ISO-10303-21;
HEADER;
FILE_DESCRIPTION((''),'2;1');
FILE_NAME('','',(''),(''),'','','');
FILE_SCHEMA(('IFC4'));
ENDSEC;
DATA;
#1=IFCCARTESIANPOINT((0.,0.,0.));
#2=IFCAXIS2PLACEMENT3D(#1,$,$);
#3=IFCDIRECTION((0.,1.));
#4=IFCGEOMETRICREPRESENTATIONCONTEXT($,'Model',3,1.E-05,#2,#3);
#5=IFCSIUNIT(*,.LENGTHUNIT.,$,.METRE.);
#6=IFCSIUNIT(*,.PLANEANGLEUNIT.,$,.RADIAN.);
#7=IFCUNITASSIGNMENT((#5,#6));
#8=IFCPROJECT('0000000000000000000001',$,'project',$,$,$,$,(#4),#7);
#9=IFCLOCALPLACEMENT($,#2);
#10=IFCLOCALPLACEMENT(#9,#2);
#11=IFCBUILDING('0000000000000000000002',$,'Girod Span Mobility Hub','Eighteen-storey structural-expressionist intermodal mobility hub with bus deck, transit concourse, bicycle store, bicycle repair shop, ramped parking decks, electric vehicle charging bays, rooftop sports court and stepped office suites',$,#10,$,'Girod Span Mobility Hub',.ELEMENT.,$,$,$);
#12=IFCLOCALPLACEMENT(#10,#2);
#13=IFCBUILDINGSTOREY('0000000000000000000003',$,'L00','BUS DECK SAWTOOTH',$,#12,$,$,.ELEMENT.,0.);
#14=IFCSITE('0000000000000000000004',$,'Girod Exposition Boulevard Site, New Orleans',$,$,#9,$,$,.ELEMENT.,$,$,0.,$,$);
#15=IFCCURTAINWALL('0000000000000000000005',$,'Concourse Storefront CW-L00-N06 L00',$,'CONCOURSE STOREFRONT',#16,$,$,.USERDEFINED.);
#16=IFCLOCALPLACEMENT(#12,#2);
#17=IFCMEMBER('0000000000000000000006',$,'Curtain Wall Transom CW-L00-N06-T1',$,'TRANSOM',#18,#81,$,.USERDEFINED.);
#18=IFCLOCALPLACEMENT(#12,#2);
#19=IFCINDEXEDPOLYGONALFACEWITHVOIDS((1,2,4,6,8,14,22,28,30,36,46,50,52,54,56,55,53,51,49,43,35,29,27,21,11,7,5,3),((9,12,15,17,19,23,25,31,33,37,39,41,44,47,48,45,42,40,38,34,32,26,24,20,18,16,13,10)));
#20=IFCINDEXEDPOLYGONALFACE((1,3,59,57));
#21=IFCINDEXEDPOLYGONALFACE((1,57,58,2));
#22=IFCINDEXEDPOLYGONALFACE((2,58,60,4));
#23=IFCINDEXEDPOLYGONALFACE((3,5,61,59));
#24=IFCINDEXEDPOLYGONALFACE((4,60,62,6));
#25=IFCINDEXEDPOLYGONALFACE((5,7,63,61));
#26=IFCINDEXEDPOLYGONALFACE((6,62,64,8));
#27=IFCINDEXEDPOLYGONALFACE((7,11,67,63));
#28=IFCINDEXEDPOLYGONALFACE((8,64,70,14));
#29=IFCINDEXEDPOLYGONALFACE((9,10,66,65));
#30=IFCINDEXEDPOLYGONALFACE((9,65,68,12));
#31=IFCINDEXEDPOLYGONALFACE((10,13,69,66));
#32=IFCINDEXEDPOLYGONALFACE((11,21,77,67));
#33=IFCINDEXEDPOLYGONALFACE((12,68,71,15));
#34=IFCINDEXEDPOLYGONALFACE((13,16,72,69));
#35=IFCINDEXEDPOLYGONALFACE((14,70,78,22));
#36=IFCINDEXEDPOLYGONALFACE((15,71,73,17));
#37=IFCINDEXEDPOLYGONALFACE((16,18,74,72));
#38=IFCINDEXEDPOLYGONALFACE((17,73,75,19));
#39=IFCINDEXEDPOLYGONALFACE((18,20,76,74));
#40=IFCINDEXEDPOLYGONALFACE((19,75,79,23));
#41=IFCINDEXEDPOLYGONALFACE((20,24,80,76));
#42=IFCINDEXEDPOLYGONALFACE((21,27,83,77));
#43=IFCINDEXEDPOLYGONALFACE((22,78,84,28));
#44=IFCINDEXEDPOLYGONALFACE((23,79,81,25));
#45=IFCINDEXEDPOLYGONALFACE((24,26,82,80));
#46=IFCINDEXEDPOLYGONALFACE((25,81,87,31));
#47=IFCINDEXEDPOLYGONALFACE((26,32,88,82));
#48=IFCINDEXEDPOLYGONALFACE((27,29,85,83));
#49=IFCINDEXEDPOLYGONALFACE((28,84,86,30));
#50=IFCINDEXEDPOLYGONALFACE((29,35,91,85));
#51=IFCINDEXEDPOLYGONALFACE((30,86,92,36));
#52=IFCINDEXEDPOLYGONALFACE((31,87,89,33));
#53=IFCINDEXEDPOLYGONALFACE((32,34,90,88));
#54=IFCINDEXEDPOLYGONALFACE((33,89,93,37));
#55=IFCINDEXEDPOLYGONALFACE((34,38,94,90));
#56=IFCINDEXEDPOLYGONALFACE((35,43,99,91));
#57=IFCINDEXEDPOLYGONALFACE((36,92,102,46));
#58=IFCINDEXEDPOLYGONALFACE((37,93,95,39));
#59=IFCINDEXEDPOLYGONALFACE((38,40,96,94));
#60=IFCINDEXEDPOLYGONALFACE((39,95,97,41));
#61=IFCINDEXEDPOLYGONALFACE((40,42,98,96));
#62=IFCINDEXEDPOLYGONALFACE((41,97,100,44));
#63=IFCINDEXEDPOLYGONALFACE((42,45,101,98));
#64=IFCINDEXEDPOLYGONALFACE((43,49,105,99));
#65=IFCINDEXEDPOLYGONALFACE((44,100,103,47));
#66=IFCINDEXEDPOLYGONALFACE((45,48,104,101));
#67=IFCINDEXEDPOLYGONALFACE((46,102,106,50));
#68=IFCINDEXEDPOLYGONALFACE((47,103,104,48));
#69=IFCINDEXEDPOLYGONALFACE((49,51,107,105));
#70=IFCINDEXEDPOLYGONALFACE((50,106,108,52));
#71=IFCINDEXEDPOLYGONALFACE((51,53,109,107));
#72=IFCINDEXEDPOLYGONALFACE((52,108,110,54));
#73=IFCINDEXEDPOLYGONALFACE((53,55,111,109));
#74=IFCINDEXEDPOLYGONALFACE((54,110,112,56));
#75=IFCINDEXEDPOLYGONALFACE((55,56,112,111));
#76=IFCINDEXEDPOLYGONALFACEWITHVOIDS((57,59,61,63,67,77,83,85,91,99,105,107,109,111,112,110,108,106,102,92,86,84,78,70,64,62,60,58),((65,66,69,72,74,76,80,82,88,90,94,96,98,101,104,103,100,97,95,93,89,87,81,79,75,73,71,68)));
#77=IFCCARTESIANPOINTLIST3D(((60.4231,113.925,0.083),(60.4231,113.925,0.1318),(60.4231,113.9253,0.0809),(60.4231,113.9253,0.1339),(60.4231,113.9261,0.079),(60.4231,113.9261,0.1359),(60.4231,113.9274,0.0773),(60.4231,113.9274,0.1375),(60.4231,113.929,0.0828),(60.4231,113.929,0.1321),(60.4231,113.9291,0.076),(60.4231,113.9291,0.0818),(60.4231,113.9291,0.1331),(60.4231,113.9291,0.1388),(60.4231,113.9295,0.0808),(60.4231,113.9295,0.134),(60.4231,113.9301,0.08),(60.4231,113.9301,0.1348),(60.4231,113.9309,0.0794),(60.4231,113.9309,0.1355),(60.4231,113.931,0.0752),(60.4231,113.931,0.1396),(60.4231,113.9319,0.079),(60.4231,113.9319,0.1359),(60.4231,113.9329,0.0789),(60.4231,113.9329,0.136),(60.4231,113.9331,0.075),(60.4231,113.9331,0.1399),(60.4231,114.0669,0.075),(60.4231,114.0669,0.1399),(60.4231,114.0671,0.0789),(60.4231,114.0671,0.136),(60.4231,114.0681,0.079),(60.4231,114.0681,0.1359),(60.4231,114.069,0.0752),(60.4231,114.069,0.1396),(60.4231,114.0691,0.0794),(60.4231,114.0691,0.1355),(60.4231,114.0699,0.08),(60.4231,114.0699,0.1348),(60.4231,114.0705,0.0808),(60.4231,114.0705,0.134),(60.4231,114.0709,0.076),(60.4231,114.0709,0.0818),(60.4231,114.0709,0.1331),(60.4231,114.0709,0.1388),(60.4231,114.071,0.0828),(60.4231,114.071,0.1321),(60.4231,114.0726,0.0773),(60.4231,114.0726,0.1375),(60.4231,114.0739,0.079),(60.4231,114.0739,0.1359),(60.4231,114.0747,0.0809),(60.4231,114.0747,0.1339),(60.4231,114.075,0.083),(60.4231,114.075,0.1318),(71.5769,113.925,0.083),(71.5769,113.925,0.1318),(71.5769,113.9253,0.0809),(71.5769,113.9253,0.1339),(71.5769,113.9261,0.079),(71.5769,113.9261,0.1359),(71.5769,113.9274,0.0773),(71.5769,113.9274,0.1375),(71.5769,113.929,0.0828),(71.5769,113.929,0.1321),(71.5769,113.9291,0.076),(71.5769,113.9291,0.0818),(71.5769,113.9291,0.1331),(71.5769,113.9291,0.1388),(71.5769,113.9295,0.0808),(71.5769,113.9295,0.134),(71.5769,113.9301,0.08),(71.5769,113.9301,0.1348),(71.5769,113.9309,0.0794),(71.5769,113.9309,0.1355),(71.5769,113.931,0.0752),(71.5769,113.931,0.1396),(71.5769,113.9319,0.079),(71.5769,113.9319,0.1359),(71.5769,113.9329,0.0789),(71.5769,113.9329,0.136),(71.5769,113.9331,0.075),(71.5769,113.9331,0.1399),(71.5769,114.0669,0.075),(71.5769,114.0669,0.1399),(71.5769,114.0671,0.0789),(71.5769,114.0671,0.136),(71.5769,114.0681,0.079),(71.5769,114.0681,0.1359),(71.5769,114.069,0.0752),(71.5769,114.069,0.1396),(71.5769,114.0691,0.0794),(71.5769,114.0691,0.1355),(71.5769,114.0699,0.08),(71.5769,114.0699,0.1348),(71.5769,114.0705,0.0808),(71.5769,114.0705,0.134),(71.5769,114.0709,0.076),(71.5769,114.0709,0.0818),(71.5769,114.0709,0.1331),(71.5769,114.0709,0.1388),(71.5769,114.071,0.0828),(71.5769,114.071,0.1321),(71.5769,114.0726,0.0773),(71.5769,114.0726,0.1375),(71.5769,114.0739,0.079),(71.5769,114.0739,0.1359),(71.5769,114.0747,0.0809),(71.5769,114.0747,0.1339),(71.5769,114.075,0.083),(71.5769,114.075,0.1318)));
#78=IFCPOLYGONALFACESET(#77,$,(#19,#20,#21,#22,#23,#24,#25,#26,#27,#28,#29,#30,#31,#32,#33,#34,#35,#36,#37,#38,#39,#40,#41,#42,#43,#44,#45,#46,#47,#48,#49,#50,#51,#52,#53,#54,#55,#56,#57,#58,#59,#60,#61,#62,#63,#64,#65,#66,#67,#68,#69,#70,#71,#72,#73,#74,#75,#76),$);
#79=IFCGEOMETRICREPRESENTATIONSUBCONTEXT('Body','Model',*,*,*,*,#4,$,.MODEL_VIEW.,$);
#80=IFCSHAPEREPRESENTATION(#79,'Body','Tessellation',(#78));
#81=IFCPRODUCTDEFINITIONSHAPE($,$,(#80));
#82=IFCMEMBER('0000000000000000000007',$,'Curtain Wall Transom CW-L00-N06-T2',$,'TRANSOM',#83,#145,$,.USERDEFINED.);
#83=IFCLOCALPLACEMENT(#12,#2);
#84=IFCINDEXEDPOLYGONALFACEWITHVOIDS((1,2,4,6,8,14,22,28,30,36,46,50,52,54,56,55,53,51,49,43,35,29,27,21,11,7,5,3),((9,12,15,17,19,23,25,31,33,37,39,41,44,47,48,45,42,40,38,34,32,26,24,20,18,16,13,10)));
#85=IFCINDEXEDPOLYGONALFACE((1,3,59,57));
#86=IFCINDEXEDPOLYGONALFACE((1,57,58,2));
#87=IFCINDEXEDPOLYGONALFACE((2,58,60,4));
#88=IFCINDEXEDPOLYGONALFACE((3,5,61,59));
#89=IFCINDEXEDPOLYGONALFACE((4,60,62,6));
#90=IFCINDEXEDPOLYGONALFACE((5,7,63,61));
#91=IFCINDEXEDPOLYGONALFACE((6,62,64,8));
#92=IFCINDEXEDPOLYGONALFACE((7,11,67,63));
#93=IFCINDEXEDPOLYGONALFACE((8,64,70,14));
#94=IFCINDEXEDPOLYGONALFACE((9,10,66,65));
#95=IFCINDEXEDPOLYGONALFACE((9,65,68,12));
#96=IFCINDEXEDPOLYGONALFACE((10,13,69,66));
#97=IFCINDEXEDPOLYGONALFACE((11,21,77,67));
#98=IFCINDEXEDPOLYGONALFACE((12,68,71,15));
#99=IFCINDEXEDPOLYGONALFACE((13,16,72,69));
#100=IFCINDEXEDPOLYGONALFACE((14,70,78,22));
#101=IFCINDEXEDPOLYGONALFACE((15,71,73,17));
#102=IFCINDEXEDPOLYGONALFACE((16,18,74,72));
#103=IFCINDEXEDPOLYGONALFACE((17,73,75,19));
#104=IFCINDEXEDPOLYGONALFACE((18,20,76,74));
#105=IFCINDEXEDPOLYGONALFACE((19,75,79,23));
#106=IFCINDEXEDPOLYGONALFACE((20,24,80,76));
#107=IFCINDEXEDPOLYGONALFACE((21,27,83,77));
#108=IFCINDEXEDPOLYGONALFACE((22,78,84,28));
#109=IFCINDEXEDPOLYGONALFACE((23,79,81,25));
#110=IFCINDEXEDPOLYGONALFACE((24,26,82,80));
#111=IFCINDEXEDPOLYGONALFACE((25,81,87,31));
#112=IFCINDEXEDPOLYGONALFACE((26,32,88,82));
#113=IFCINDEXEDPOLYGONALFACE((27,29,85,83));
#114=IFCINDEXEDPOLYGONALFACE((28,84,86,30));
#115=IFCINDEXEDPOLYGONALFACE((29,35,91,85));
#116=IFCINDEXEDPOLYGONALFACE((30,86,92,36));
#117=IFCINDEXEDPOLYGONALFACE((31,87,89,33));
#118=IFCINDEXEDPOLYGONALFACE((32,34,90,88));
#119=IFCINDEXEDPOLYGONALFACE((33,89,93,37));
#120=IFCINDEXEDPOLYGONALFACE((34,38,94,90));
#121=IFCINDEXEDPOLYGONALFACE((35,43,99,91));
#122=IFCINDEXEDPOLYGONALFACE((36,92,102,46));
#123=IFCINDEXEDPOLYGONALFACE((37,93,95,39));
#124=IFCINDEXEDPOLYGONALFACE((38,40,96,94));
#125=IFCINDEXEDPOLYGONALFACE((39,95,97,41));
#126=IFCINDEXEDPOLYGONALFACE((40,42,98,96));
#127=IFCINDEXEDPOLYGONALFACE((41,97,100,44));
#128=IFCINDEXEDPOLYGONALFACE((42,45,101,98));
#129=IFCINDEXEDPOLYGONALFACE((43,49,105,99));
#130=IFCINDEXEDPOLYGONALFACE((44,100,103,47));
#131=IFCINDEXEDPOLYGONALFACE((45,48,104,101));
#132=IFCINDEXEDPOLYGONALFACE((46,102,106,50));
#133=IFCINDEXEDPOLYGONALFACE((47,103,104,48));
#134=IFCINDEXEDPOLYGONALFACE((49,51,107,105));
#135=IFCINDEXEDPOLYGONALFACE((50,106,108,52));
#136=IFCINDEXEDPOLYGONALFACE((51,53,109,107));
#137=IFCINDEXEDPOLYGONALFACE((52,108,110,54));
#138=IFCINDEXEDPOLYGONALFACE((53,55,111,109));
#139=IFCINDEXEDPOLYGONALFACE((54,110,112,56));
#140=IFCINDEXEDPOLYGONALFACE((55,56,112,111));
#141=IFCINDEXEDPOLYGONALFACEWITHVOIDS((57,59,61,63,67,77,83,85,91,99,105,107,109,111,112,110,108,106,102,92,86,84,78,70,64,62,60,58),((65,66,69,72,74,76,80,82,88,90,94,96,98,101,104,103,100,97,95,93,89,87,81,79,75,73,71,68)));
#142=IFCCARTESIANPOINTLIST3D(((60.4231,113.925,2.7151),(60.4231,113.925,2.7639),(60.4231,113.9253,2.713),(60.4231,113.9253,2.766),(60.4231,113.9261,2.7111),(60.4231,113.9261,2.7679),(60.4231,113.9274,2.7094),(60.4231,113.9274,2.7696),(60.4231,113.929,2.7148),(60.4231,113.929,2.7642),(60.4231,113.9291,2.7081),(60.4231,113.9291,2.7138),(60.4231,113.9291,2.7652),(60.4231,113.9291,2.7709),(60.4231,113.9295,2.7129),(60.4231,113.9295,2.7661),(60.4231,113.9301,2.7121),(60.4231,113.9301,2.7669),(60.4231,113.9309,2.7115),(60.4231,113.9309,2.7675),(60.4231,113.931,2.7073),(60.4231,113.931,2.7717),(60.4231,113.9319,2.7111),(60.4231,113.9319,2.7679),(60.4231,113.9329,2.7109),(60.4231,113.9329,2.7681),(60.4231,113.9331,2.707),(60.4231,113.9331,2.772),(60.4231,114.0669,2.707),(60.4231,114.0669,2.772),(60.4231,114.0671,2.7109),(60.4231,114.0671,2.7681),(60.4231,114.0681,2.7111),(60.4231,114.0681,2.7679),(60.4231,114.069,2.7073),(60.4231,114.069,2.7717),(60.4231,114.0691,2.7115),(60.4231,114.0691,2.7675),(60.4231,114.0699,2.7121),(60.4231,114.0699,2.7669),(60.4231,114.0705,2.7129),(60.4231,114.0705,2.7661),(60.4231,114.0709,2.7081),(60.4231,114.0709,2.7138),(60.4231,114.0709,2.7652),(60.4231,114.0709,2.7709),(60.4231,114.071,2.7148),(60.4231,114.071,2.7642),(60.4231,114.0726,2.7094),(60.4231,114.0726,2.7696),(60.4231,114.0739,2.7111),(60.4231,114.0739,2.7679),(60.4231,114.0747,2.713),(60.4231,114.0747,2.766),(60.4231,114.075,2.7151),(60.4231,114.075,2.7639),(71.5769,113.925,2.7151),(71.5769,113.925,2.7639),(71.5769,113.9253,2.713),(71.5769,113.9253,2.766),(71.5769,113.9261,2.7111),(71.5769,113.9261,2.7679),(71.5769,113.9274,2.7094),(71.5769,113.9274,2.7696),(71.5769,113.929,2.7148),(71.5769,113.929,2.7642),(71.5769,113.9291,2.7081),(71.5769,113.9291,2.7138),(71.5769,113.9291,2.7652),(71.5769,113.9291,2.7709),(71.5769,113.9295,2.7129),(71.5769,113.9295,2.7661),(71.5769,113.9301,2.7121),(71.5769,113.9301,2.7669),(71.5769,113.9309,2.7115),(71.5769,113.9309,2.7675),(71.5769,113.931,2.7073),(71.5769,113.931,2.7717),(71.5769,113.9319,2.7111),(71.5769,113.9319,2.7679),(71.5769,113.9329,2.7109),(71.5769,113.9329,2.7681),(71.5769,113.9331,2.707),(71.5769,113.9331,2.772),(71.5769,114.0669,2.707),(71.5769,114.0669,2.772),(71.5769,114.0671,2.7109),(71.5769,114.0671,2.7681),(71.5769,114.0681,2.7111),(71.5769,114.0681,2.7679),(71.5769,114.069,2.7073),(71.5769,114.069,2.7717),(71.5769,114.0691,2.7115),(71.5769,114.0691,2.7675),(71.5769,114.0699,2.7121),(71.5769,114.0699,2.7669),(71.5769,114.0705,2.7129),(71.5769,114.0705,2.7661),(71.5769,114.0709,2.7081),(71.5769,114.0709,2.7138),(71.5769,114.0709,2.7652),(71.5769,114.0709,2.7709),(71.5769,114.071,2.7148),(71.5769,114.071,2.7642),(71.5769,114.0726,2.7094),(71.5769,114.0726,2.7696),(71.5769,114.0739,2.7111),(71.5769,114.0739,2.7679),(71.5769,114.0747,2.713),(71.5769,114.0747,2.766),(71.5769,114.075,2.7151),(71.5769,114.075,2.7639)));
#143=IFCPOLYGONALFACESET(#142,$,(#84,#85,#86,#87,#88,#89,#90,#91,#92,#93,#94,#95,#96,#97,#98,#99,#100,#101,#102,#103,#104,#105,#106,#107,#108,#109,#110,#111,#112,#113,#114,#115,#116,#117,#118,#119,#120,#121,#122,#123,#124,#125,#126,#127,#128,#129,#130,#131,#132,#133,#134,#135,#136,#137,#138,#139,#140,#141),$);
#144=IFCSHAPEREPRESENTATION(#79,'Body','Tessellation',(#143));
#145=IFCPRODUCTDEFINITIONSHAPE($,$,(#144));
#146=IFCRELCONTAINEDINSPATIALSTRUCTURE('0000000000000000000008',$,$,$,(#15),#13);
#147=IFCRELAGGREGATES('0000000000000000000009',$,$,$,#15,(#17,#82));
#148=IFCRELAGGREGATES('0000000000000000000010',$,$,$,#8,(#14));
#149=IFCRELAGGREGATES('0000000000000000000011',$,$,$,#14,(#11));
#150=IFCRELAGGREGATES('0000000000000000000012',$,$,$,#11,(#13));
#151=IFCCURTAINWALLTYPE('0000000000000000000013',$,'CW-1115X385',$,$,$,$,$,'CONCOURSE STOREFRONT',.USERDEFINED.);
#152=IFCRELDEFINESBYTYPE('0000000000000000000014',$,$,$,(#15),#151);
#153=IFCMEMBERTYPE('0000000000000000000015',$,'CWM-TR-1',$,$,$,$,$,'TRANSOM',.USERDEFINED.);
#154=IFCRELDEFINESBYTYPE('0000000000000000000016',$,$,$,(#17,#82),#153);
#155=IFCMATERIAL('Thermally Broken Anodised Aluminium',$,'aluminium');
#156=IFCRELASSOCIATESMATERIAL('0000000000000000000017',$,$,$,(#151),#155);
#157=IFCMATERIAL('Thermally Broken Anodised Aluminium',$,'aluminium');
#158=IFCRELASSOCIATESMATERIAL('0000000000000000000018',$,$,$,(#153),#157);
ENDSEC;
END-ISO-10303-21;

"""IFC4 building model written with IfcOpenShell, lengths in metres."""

from ifc_helpers import new_model, si_unit, direction, frame, origin, origin_2d, place, context, subcontext, project, spatial, hollow_rectangle, extrude, material, material_profile, profile_set, type_object, element, aggregate, save


model = new_model("IFC4")

# Units and contexts
model_context = context("Model", 3, precision=1e-05, world=origin(), true_north=direction((0.0, 1.0)))
body_context = subcontext(model_context, "Body", "Model", "MODEL_VIEW")
ifc_project = project(units=[si_unit("LENGTHUNIT", "METRE"), si_unit("PLANEANGLEUNIT", "RADIAN")], contexts=[model_context])

# Site, building, storey
site_placement = place(None, origin())
site = spatial("IfcSite", under=ifc_project, at=site_placement, Name="Girod Exposition Boulevard Site, New Orleans", CompositionType="ELEMENT", RefElevation=0.0)
building_placement = place(site_placement, origin())
building = spatial("IfcBuilding", under=site, at=building_placement, Name="Girod Span Mobility Hub", Description="Eighteen-storey structural-expressionist intermodal mobility hub with bus deck, transit concourse, bicycle store, bicycle repair shop, ramped parking decks, electric vehicle charging bays, rooftop sports court and stepped office suites", LongName="Girod Span Mobility Hub", CompositionType="ELEMENT")
storey_placement = place(building_placement, origin())
storey = spatial("IfcBuildingStorey", under=building, at=storey_placement, Name="L00", Description="BUS DECK SAWTOOTH", CompositionType="ELEMENT", Elevation=0.0)

# Curtain wall, members
ifc_material_1 = material(Name="Thermally Broken Anodised Aluminium", Category="aluminium")
curtain_wall_type = type_object("IfcCurtainWallType", Name="CW-1115X385", ElementType="CONCOURSE STOREFRONT", PredefinedType="USERDEFINED", material=ifc_material_1)
curtain_wall_placement = place(storey_placement, origin())
curtain_wall = element("IfcCurtainWall", 1, at=curtain_wall_placement, inside=storey, type_object=curtain_wall_type, Name="Concourse Storefront CW-L00-N06 L00", ObjectType="CONCOURSE STOREFRONT", PredefinedType="USERDEFINED")
ifc_material_2 = material(Name="Thermally Broken Anodised Aluminium", Category="aluminium")
ifc_material_profile_1 = material_profile(ifc_material_2, hollow_rectangle(XDim=0.1499, YDim=0.0649, WallThickness=0.0039, InnerFilletRadius=0.0039, OuterFilletRadius=0.0081, at=origin_2d()), Name="CW-TR-65X150")
ifc_profile_set_1 = profile_set([ifc_material_profile_1], Name="Thermally Broken Anodised Aluminium")
member_type_1 = type_object("IfcMemberType", Name="CWM-TR-1", ElementType="TRANSOM", PredefinedType="USERDEFINED", material=ifc_profile_set_1)
member_1_placement = place(storey_placement, frame((60.4231, 114.0, 0.1074), z_axis=(1.0, 0.0, 0.0), x_axis=(0.0, 1.0, 0.0)))
member_1 = element("IfcMember", 2, at=member_1_placement, type_object=member_type_1, Name="Curtain Wall Transom CW-L00-N06-T1", ObjectType="TRANSOM", PredefinedType="USERDEFINED", context=body_context, shape_type="SweptSolid", body=[
    extrude(hollow_rectangle(XDim=0.1499, YDim=0.0649, WallThickness=0.0039, InnerFilletRadius=0.0039, OuterFilletRadius=0.0081, at=origin_2d()), origin(), (0.0, 0.0, 1.0), 11.1538),
])
member_2_placement = place(storey_placement, frame((60.4231, 114.0, 2.7395), z_axis=(1.0, 0.0, 0.0), x_axis=(0.0, 1.0, 0.0)))
member_2 = element("IfcMember", 3, at=member_2_placement, type_object=member_type_1, Name="Curtain Wall Transom CW-L00-N06-T2", ObjectType="TRANSOM", PredefinedType="USERDEFINED", context=body_context, shape_type="SweptSolid", body=[
    extrude(hollow_rectangle(XDim=0.1499, YDim=0.0649, WallThickness=0.0039, InnerFilletRadius=0.0039, OuterFilletRadius=0.0081, at=origin_2d()), origin(), (0.0, 0.0, 1.0), 11.1538),
])
aggregate(curtain_wall, [member_1, member_2])

save(model, "model.ifc")
